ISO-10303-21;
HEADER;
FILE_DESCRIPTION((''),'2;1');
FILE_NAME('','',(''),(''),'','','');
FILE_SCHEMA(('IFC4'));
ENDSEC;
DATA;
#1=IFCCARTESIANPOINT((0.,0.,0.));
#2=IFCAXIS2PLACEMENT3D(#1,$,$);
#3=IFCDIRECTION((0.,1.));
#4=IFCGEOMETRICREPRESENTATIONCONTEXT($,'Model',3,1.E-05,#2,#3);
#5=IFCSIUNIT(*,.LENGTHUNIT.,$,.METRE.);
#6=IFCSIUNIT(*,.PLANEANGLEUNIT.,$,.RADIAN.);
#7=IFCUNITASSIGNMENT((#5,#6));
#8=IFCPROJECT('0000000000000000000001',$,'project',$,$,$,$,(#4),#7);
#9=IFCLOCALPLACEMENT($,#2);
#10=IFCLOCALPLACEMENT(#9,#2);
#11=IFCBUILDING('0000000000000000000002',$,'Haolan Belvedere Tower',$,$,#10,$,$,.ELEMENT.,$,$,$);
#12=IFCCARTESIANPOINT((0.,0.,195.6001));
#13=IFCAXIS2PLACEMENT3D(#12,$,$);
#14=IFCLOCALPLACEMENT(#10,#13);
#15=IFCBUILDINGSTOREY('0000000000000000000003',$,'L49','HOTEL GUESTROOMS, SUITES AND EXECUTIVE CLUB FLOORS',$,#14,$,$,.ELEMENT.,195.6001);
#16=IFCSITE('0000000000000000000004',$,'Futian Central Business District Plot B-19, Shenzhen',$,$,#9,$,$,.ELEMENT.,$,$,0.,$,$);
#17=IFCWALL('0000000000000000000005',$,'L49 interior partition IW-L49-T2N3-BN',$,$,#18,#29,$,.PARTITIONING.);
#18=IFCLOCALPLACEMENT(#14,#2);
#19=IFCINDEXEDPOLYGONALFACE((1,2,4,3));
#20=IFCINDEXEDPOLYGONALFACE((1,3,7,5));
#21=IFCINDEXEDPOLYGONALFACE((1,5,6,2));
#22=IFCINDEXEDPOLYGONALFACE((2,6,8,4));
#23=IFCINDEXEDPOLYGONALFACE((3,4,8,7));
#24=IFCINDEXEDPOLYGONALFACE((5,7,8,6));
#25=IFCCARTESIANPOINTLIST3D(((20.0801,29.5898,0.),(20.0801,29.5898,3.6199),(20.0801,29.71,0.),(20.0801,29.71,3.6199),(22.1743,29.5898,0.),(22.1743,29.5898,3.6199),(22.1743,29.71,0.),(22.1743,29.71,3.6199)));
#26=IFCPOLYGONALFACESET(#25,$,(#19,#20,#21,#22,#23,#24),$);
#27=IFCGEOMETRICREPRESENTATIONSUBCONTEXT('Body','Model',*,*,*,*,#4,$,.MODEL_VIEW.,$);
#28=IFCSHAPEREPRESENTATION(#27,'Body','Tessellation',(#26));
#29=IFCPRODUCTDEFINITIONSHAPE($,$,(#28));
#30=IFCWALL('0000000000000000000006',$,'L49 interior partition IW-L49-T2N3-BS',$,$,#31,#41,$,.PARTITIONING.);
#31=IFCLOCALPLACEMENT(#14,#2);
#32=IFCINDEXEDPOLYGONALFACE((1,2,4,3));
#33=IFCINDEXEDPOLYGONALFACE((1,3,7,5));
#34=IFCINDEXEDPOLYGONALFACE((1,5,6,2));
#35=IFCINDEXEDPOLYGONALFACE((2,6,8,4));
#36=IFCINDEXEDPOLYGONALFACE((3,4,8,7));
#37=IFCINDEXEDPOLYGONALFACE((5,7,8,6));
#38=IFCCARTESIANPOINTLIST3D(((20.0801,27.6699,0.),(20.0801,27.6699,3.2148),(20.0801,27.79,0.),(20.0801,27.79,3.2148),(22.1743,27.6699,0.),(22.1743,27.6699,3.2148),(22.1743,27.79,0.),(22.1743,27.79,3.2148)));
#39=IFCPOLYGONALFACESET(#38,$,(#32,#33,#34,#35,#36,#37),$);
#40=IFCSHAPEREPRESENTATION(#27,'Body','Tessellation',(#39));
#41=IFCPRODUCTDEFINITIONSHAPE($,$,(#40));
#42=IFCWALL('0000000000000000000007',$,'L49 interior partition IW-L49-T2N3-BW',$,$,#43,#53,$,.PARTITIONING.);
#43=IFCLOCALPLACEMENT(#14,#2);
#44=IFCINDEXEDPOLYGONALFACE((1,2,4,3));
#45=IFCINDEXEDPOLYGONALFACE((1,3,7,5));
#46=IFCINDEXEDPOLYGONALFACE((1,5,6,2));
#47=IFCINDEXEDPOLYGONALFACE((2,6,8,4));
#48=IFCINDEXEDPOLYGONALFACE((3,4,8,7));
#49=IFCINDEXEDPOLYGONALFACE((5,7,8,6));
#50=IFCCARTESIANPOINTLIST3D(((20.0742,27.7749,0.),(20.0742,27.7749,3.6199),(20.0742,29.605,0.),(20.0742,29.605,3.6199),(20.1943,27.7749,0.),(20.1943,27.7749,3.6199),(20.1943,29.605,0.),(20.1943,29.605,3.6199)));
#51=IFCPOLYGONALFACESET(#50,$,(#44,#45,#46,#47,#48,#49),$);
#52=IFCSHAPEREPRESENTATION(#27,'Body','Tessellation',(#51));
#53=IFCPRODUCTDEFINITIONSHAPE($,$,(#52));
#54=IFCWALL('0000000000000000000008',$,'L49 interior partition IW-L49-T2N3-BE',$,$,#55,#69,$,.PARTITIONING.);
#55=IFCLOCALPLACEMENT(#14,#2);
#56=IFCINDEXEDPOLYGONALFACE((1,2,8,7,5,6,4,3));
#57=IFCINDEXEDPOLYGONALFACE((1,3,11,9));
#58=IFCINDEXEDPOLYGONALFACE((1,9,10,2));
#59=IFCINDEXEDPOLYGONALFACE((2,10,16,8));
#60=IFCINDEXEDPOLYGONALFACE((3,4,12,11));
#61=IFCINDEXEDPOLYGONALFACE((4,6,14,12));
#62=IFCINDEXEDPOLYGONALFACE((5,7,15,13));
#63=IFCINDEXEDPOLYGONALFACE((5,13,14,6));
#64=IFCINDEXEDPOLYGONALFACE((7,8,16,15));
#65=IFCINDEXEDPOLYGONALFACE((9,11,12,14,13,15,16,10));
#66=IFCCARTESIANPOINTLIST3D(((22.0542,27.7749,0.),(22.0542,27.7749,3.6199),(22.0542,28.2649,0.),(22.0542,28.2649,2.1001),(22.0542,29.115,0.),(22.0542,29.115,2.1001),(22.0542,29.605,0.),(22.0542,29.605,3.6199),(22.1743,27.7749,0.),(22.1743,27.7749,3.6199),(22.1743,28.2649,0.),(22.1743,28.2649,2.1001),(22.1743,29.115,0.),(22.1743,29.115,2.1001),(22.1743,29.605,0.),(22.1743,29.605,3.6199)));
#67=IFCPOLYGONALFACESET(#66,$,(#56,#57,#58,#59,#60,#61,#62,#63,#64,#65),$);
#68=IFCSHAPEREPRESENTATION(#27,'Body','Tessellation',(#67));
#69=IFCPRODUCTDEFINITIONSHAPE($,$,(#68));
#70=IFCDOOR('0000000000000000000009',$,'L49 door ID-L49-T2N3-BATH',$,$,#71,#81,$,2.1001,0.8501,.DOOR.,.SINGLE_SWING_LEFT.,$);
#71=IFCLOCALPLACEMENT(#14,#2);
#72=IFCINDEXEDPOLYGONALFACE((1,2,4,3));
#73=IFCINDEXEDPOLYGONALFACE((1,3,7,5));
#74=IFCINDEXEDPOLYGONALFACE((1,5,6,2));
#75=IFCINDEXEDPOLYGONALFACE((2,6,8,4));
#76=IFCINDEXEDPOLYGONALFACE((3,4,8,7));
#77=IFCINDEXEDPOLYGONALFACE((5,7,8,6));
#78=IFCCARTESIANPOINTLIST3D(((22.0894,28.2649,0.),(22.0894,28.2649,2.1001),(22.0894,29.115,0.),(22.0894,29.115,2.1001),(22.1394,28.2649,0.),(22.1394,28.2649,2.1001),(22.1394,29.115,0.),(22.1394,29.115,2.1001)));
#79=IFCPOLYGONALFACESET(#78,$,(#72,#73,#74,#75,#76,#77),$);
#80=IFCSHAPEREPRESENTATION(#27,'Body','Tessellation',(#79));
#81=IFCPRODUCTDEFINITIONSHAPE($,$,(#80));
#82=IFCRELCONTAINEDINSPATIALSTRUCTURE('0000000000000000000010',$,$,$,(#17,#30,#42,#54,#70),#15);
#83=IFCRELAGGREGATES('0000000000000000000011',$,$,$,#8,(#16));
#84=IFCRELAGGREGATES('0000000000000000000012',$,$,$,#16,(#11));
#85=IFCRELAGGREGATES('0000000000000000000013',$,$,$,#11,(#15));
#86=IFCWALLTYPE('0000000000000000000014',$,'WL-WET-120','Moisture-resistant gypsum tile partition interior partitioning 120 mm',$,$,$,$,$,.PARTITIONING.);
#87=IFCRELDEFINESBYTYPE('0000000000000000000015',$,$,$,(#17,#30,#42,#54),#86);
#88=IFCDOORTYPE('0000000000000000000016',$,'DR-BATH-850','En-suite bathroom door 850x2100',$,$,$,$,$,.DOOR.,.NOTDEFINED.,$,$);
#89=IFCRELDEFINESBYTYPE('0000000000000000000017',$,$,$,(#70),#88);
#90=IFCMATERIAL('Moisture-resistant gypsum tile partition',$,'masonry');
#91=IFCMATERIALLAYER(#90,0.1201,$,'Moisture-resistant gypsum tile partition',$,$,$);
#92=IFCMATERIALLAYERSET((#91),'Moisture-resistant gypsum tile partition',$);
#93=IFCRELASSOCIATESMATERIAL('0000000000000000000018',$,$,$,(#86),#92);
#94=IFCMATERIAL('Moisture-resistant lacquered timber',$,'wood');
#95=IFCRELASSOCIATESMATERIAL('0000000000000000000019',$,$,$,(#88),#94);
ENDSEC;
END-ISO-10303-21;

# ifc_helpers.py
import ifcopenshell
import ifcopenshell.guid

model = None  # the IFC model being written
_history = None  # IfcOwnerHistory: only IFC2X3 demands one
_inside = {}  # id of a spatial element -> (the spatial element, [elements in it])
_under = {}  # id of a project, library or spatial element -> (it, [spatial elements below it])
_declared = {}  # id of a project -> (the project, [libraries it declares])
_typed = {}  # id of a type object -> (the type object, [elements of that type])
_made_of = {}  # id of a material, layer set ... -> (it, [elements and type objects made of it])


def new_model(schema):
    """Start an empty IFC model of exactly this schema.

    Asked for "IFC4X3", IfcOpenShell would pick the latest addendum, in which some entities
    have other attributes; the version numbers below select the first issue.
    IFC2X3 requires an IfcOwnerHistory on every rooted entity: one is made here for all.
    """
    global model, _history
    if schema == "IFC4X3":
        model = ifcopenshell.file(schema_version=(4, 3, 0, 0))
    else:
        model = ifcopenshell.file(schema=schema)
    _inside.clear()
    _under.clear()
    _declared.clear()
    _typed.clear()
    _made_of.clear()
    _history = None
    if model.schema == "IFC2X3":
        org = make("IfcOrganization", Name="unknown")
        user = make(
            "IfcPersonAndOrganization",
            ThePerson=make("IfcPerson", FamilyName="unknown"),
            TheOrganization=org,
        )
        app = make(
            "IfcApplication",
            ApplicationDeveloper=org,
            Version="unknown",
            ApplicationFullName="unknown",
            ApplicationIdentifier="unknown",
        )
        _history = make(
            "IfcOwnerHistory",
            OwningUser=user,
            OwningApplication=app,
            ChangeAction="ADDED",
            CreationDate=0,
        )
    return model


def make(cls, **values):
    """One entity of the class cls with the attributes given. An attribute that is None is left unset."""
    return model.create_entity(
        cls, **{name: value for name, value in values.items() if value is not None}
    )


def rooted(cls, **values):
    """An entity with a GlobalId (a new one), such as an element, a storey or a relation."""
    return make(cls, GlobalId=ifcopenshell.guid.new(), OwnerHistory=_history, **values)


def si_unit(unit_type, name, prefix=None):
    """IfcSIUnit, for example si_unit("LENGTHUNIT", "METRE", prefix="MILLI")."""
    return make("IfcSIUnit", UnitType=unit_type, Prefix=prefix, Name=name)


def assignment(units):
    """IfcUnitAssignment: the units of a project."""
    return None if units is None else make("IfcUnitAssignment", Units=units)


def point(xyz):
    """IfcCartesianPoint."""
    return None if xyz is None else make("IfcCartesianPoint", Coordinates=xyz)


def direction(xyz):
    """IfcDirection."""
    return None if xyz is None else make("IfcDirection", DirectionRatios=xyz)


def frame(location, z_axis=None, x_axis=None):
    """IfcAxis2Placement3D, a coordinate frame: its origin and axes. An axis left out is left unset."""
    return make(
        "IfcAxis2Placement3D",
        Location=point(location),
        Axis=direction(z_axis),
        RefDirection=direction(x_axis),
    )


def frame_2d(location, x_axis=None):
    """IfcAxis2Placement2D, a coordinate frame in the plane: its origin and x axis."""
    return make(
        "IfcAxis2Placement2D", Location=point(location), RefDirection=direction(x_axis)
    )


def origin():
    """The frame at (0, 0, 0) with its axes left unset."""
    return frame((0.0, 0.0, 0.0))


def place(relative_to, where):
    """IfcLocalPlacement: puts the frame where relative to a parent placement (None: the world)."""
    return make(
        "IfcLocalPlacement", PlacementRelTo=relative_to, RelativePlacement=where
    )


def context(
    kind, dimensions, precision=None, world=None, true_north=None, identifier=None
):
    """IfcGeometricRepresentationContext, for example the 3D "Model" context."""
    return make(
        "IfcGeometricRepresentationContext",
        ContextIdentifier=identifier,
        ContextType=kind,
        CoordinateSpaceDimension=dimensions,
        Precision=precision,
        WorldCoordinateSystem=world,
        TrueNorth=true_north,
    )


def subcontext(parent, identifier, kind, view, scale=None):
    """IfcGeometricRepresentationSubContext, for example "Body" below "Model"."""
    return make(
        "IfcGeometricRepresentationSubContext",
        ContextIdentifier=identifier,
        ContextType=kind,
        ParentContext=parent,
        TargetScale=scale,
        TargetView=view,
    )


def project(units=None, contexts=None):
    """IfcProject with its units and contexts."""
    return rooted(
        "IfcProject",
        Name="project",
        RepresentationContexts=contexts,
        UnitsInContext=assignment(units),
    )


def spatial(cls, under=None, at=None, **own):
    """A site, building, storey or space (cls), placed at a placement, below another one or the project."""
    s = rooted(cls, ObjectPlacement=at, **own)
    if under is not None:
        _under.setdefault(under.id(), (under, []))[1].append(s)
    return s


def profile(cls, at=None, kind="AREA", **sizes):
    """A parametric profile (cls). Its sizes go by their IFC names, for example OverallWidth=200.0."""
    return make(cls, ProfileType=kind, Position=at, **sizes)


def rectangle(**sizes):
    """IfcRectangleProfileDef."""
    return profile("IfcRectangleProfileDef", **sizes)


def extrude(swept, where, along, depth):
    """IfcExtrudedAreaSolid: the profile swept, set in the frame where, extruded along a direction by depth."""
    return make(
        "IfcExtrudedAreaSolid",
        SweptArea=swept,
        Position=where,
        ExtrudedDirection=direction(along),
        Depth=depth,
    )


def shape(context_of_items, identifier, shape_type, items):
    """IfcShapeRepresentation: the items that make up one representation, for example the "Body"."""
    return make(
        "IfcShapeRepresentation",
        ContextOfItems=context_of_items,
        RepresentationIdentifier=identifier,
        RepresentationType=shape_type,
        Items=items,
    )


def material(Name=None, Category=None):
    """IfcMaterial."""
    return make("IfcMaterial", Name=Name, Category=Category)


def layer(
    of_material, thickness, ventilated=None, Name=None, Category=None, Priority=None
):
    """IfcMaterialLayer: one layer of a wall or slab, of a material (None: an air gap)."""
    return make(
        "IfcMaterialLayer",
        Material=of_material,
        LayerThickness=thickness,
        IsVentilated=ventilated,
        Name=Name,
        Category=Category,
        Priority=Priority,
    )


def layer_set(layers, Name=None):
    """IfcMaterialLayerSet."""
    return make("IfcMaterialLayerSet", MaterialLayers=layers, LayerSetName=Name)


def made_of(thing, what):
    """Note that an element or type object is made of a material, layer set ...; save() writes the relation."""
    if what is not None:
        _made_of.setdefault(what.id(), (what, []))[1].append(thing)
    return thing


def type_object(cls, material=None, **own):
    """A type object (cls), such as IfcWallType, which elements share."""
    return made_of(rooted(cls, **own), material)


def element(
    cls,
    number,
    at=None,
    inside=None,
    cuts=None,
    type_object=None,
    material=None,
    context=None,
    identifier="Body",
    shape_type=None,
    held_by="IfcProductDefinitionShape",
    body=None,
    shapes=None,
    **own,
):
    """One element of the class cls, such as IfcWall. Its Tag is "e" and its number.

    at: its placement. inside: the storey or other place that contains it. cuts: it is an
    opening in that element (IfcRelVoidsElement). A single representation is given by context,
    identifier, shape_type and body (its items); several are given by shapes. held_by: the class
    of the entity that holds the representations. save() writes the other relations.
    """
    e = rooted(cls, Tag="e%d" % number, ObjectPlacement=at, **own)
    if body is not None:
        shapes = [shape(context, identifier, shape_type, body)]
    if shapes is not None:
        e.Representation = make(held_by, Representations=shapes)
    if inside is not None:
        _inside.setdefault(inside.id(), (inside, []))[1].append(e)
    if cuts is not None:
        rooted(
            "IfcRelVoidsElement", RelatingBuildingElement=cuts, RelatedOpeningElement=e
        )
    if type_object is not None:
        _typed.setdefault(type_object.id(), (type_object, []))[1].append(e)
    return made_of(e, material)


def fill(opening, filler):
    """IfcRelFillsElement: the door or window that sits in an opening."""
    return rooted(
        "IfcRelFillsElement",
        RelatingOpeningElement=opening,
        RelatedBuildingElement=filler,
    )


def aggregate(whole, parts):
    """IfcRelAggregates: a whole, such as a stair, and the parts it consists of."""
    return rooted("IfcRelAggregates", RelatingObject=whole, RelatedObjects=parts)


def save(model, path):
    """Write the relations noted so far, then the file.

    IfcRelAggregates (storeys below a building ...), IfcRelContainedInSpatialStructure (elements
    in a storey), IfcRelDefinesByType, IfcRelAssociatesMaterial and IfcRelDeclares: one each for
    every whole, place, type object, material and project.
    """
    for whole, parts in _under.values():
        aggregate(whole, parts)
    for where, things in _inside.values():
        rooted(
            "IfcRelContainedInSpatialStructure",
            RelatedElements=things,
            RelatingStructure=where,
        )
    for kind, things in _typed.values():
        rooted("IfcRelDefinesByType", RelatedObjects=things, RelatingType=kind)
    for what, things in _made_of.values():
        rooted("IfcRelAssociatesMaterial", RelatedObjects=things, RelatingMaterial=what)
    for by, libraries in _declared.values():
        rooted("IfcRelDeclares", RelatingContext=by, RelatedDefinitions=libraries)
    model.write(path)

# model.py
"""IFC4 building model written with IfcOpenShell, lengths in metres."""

from ifc_helpers import new_model, si_unit, direction, frame, frame_2d, origin, place, context, subcontext, project, spatial, rectangle, extrude, material, layer, layer_set, type_object, element, fill, save


model = new_model("IFC4")

# Units and contexts
model_context = context("Model", 3, precision=1e-05, world=origin(), true_north=direction((0.0, 1.0)))
body_context = subcontext(model_context, "Body", "Model", "MODEL_VIEW")
ifc_project = project(units=[si_unit("LENGTHUNIT", "METRE"), si_unit("PLANEANGLEUNIT", "RADIAN")], contexts=[model_context])

# Site, building, storey
site_placement = place(None, origin())
site = spatial("IfcSite", under=ifc_project, at=site_placement, Name="Futian Central Business District Plot B-19, Shenzhen", CompositionType="ELEMENT", RefElevation=0.0)
building_placement = place(site_placement, origin())
building = spatial("IfcBuilding", under=site, at=building_placement, Name="Haolan Belvedere Tower", CompositionType="ELEMENT")
storey_placement = place(building_placement, frame((0.0, 0.0, 195.6001)))
storey = spatial("IfcBuildingStorey", under=building, at=storey_placement, Name="L49", Description="HOTEL GUESTROOMS, SUITES AND EXECUTIVE CLUB FLOORS", CompositionType="ELEMENT", Elevation=195.6001)

# Walls
ifc_material_1 = material(Name="Moisture-resistant gypsum tile partition", Category="masonry")
ifc_layer_1 = layer(ifc_material_1, 0.1201, Name="Moisture-resistant gypsum tile partition")
ifc_layer_set_1 = layer_set([ifc_layer_1], Name="Moisture-resistant gypsum tile partition")
wall_type_1 = type_object("IfcWallType", Name="WL-WET-120", Description="Moisture-resistant gypsum tile partition interior partitioning 120 mm", PredefinedType="PARTITIONING", material=ifc_layer_set_1)
wall_1_placement = place(storey_placement, frame((20.0801, 29.6499, 0.0), z_axis=(0.0, 0.0, 1.0), x_axis=(1.0, 0.0, 0.0)))
element("IfcWall", 1, at=wall_1_placement, inside=storey, type_object=wall_type_1, Name="L49 interior partition IW-L49-T2N3-BN", PredefinedType="PARTITIONING", context=body_context, shape_type="SweptSolid", body=[
    extrude(rectangle(XDim=2.0942, YDim=0.1201, at=frame_2d((1.0471, 0.0))), origin(), (0.0, 0.0, 1.0), 3.6199),
])
wall_2_placement = place(storey_placement, frame((20.0801, 27.73, 0.0), z_axis=(0.0, 0.0, 1.0), x_axis=(1.0, 0.0, 0.0)))
element("IfcWall", 2, at=wall_2_placement, inside=storey, type_object=wall_type_1, Name="L49 interior partition IW-L49-T2N3-BS", PredefinedType="PARTITIONING", context=body_context, shape_type="SweptSolid", body=[
    extrude(rectangle(XDim=2.0942, YDim=0.1201, at=frame_2d((1.0471, 0.0))), origin(), (0.0, 0.0, 1.0), 3.2148),
])
wall_3_placement = place(storey_placement, frame((20.1343, 27.7749, 0.0), z_axis=(0.0, 0.0, 1.0), x_axis=(0.0, 1.0, 0.0)))
element("IfcWall", 3, at=wall_3_placement, inside=storey, type_object=wall_type_1, Name="L49 interior partition IW-L49-T2N3-BW", PredefinedType="PARTITIONING", context=body_context, shape_type="SweptSolid", body=[
    extrude(rectangle(XDim=1.8301, YDim=0.1201, at=frame_2d((0.915, 0.0))), origin(), (0.0, 0.0, 1.0), 3.6199),
])

# Wall, opening, door
wall_4_placement = place(storey_placement, frame((22.1143, 27.7749, 0.0), z_axis=(0.0, 0.0, 1.0), x_axis=(0.0, 1.0, 0.0)))
wall_4 = element("IfcWall", 4, at=wall_4_placement, inside=storey, type_object=wall_type_1, Name="L49 interior partition IW-L49-T2N3-BE", PredefinedType="PARTITIONING", context=body_context, shape_type="SweptSolid", body=[
    extrude(rectangle(XDim=1.8301, YDim=0.1201, at=frame_2d((0.915, 0.0))), origin(), (0.0, 0.0, 1.0), 3.6199),
])
opening_1_placement = place(wall_4_placement, frame((0.49, 0.0, 0.0)))
opening_1 = element("IfcOpeningElement", 5, at=opening_1_placement, cuts=wall_4, PredefinedType="OPENING", context=body_context, shape_type="SweptSolid", body=[
    extrude(rectangle(XDim=0.8501, YDim=2.1001, at=frame_2d((0.425, 1.05))), frame((0.0, 0.0701, 0.0), z_axis=(0.0, -1.0, 0.0), x_axis=(1.0, 0.0, 0.0)), (0.0, 0.0, 1.0), 0.1401),
])
ifc_material_2 = material(Name="Moisture-resistant lacquered timber", Category="wood")
door_type_1 = type_object("IfcDoorType", Name="DR-BATH-850", Description="En-suite bathroom door 850x2100", OperationType="NOTDEFINED", PredefinedType="DOOR", material=ifc_material_2)
door_1_placement = place(opening_1_placement, origin())
door_1 = element("IfcDoor", 6, at=door_1_placement, inside=storey, type_object=door_type_1, Name="L49 door ID-L49-T2N3-BATH", OperationType="SINGLE_SWING_LEFT", OverallHeight=2.1001, OverallWidth=0.8501, PredefinedType="DOOR", context=body_context, shape_type="SweptSolid", body=[
    extrude(rectangle(XDim=0.8501, YDim=2.1001, at=frame_2d((0.425, 1.05))), frame((0.0, 0.0249, 0.0), z_axis=(0.0, -1.0, 0.0), x_axis=(1.0, 0.0, 0.0)), (0.0, 0.0, 1.0), 0.05),
])
fill(opening_1, door_1)

save(model, "model.ifc")
